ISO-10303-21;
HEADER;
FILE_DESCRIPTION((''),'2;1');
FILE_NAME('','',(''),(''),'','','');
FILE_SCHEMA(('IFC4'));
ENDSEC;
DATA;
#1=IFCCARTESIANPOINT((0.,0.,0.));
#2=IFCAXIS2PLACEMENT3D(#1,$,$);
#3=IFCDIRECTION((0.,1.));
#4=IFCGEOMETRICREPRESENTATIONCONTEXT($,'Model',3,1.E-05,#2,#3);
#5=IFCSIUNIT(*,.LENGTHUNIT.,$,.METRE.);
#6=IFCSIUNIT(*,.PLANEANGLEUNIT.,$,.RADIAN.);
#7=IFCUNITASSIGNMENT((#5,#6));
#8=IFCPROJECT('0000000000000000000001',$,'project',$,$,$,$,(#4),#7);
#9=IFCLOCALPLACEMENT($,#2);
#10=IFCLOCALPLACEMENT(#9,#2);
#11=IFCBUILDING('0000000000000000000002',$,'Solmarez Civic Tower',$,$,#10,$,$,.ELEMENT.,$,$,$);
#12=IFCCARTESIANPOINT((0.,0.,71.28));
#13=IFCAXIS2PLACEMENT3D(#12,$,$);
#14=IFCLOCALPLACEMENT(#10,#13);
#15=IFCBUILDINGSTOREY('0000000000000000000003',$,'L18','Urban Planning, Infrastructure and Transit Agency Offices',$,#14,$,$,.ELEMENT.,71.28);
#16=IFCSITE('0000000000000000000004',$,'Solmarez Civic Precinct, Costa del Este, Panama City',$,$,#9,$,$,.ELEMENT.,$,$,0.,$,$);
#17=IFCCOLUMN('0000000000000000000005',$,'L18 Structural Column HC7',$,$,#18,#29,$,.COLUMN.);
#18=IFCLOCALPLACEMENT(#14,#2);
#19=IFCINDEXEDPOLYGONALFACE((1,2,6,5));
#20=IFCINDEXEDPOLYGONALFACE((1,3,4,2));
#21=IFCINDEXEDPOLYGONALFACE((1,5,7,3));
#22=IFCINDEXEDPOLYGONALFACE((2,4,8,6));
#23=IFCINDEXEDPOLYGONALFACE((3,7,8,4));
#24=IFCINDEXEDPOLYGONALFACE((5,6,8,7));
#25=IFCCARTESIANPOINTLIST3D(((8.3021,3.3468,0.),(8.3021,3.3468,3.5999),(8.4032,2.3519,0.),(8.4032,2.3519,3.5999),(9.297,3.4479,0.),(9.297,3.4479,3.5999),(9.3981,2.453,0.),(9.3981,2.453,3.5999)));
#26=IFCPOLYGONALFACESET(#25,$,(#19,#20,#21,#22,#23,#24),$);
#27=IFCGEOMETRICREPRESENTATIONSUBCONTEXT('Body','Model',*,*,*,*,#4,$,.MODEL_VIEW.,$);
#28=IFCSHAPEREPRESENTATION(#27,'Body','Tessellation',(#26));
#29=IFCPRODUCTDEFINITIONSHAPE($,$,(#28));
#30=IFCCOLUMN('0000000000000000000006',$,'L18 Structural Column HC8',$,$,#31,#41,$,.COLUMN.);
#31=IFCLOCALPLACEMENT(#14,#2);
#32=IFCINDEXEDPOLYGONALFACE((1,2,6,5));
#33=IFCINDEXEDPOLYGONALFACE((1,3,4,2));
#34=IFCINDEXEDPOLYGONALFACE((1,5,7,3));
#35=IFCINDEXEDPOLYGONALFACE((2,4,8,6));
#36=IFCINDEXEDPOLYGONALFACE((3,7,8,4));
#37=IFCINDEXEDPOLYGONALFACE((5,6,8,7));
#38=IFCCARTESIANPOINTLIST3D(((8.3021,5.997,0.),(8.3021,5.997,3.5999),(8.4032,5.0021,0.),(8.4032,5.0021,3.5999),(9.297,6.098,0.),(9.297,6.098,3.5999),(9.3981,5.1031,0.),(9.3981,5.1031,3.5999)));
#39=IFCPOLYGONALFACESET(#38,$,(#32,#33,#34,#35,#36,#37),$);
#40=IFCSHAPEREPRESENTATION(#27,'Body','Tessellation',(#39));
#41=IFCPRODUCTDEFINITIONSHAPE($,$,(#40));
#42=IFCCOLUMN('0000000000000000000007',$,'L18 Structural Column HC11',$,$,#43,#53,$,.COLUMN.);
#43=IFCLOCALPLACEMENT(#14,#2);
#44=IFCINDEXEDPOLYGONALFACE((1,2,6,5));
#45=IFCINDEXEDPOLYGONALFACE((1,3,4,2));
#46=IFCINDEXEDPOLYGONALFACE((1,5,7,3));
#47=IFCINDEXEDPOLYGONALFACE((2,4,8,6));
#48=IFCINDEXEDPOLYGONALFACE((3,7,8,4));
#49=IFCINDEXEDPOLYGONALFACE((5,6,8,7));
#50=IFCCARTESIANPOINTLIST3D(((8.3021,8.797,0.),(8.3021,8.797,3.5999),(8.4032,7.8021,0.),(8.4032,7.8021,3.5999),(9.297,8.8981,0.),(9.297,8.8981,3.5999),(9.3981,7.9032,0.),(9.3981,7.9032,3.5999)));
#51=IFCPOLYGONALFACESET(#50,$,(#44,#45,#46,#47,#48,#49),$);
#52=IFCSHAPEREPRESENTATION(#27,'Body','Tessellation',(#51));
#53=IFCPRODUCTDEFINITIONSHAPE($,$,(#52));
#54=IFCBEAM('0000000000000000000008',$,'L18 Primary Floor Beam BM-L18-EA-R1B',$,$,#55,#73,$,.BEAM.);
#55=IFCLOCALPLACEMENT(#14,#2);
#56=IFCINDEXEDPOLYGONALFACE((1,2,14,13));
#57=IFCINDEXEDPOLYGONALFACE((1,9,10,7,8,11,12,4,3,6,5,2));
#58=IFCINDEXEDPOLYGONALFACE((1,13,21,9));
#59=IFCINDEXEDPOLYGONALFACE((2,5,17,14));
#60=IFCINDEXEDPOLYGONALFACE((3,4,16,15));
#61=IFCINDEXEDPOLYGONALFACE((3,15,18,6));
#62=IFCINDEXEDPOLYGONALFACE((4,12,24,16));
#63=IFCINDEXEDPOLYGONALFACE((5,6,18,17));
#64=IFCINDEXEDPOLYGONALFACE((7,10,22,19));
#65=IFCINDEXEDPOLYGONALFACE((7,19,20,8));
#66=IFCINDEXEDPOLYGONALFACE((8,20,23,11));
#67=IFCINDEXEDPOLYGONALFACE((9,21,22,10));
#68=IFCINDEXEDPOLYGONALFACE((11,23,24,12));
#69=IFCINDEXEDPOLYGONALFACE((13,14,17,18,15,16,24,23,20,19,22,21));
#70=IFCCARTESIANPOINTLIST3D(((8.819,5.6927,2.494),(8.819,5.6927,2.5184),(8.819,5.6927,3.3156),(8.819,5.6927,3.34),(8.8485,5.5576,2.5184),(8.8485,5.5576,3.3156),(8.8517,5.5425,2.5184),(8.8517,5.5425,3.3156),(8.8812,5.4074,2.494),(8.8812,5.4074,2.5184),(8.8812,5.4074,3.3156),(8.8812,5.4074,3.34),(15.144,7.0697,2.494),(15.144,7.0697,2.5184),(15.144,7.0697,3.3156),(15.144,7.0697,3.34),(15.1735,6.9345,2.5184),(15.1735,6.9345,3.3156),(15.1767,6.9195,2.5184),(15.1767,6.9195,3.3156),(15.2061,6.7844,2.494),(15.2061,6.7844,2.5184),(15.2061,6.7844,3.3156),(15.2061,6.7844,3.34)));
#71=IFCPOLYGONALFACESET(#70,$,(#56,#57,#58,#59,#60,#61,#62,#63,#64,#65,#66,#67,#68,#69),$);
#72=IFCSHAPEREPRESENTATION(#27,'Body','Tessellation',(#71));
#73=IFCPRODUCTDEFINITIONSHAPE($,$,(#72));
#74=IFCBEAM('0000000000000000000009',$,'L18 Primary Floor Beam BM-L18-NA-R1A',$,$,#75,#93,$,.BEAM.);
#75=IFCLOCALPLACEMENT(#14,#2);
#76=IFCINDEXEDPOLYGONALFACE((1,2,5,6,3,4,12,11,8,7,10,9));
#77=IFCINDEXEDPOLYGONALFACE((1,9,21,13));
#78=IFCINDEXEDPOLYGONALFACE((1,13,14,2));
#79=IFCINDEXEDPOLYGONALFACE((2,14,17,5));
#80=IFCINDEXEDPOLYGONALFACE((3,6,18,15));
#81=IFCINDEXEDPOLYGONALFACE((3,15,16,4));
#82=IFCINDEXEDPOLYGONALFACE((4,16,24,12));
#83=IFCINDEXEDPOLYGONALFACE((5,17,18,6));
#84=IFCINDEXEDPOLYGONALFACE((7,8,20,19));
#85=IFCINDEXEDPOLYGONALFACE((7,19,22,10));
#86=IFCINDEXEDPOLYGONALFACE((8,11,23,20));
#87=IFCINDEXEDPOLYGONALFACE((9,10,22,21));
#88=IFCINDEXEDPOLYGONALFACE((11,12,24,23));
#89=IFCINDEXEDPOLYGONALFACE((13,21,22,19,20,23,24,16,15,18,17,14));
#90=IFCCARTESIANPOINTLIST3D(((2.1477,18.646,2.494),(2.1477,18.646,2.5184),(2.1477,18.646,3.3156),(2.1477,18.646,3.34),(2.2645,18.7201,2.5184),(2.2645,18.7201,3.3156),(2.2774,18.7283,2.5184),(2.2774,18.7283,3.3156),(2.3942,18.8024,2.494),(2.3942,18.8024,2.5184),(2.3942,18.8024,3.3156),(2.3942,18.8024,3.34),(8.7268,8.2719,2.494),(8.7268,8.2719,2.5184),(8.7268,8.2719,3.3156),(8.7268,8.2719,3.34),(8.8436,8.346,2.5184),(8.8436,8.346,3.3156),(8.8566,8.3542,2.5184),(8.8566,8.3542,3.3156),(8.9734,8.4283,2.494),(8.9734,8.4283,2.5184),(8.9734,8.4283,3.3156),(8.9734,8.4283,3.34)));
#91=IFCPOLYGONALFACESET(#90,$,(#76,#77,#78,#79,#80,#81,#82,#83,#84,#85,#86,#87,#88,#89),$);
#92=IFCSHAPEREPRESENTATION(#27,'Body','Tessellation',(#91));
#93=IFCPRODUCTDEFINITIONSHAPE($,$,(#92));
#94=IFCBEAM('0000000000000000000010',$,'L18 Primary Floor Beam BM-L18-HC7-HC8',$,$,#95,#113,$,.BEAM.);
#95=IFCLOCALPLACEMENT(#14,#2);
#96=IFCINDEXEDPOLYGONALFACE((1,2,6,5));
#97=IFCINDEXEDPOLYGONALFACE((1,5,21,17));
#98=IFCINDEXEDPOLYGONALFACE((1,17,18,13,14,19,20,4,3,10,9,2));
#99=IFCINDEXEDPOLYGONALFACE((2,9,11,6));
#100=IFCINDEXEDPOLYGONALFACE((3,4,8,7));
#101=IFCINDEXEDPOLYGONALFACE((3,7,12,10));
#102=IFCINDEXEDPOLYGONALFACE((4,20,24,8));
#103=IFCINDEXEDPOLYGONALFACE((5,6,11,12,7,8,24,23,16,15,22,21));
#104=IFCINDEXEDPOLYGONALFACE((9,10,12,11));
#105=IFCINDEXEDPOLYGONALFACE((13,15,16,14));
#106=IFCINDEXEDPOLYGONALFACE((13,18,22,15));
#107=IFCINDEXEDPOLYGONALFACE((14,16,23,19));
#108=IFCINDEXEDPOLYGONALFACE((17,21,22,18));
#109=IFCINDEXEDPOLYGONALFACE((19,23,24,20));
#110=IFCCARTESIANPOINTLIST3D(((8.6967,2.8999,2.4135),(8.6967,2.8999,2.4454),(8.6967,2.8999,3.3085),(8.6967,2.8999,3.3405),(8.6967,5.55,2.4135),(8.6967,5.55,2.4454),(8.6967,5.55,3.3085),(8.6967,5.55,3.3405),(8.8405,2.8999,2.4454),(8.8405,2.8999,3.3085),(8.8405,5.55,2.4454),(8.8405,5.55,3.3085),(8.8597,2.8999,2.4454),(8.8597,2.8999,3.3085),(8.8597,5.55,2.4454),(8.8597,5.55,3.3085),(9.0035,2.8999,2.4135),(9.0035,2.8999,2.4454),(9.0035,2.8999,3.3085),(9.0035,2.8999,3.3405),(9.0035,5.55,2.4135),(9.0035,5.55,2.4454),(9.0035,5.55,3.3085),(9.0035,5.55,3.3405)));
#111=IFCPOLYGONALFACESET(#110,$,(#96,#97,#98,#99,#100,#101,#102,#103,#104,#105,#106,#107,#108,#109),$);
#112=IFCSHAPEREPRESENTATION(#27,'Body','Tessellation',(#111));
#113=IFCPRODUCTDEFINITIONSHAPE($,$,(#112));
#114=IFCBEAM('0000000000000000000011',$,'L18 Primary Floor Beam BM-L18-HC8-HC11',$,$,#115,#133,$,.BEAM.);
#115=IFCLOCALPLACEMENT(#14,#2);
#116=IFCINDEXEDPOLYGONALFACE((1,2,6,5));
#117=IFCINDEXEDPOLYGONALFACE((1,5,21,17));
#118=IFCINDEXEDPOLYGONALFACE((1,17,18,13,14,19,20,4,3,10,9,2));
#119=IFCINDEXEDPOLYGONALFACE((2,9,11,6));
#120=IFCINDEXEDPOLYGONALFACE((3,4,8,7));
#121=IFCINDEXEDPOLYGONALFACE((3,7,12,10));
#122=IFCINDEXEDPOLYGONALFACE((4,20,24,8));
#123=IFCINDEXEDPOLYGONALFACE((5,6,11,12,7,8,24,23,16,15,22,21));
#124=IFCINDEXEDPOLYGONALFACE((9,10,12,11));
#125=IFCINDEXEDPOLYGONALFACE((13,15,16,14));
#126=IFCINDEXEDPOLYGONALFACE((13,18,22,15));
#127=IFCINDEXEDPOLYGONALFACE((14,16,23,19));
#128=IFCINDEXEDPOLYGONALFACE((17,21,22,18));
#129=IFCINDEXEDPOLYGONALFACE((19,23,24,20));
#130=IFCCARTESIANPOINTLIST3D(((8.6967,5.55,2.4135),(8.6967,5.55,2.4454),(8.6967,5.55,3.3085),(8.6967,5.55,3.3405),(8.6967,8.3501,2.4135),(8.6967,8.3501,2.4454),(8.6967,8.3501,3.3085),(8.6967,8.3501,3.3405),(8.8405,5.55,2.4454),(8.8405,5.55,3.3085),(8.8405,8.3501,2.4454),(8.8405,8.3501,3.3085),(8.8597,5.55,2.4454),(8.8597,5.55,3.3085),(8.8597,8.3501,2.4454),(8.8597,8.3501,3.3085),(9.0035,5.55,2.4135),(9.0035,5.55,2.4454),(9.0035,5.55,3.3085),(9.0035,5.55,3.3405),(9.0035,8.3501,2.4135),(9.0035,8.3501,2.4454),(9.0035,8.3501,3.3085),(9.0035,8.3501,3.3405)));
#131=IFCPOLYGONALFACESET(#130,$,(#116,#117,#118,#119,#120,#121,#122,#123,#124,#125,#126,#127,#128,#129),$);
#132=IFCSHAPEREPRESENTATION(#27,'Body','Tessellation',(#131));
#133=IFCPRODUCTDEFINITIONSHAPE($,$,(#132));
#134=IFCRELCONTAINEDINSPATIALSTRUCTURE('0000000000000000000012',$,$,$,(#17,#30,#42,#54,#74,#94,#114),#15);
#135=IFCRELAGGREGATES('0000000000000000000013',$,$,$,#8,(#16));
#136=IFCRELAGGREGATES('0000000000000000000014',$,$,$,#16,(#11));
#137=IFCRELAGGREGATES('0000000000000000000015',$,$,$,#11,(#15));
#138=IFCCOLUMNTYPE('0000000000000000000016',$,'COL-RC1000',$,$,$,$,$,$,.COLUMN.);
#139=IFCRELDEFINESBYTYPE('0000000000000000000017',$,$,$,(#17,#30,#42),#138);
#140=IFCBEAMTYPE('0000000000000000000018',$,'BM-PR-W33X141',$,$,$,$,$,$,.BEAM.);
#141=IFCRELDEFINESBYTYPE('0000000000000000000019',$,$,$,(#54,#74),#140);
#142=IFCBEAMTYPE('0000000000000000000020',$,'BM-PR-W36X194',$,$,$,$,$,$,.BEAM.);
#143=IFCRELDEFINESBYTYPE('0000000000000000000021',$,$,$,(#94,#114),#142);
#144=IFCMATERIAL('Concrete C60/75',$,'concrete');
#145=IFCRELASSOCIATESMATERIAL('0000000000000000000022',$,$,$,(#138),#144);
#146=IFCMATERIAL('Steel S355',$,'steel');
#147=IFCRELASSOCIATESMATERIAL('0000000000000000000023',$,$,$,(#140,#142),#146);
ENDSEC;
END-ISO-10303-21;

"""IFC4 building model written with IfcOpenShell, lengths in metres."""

from ifc_helpers import new_model, si_unit, direction, frame, origin, origin_2d, place, context, subcontext, project, spatial, rectangle, i_section, extrude, material, material_profile, profile_set, type_object, element, save


model = new_model("IFC4")

# Units and contexts
model_context = context("Model", 3, precision=1e-05, world=origin(), true_north=direction((0.0, 1.0)))
body_context = subcontext(model_context, "Body", "Model", "MODEL_VIEW")
ifc_project = project(units=[si_unit("LENGTHUNIT", "METRE"), si_unit("PLANEANGLEUNIT", "RADIAN")], contexts=[model_context])

# Site, building, storey
site_placement = place(None, origin())
site = spatial("IfcSite", under=ifc_project, at=site_placement, Name="Solmarez Civic Precinct, Costa del Este, Panama City", CompositionType="ELEMENT", RefElevation=0.0)
building_placement = place(site_placement, origin())
building = spatial("IfcBuilding", under=site, at=building_placement, Name="Solmarez Civic Tower", CompositionType="ELEMENT")
storey_placement = place(building_placement, frame((0.0, 0.0, 71.28)))
storey = spatial("IfcBuildingStorey", under=building, at=storey_placement, Name="L18", Description="Urban Planning, Infrastructure and Transit Agency Offices", CompositionType="ELEMENT", Elevation=71.28)

# Columns
ifc_material_1 = material(Name="Concrete C60/75", Category="concrete")
ifc_material_profile_1 = material_profile(ifc_material_1, rectangle(XDim=1.0, YDim=1.0, at=origin_2d()), Name="RC1000X1000")
ifc_profile_set_1 = profile_set([ifc_material_profile_1], Name="Concrete C60/75")
column_type = type_object("IfcColumnType", Name="COL-RC1000", PredefinedType="COLUMN", material=ifc_profile_set_1)
for number, where, z_axis, x_axis, name in (
    (1, (8.8501, 2.8999, 0.0), (0.0, 0.0, 1.0), (0.994881, 0.101056, 0.0), "L18 Structural Column HC7"),
    (2, (8.8501, 5.55, 0.0), (0.0, 0.0, 1.0), (0.994881, 0.101056, 0.0), "L18 Structural Column HC8"),
    (3, (8.8501, 8.3501, 0.0), (0.0, 0.0, 1.0), (0.994881, 0.101056, 0.0), "L18 Structural Column HC11"),
):
    element("IfcColumn", number, at=place(storey_placement, frame(where, z_axis=z_axis, x_axis=x_axis)), inside=storey, type_object=column_type, Name=name, PredefinedType="COLUMN", context=body_context, shape_type="SweptSolid", body=[
        extrude(rectangle(XDim=1.0, YDim=1.0, at=origin_2d()), origin(), (0.0, 0.0, 1.0), 3.5999),
    ])

# Beams
ifc_material_2 = material(Name="Steel S355", Category="steel")
ifc_material_profile_2 = material_profile(ifc_material_2, i_section(OverallWidth=0.292, OverallDepth=0.8459, WebThickness=0.0154, FlangeThickness=0.0244, at=origin_2d()), Name="W33X141")
ifc_profile_set_2 = profile_set([ifc_material_profile_2], Name="Steel S355")
beam_type_1 = type_object("IfcBeamType", Name="BM-PR-W33X141", PredefinedType="BEAM", material=ifc_profile_set_2)
beam_1_placement = place(storey_placement, frame((8.8501, 5.55, 2.917), z_axis=(0.977113, 0.212719, 0.0), x_axis=(-0.212719, 0.977113, 0.0)))
element("IfcBeam", 4, at=beam_1_placement, inside=storey, type_object=beam_type_1, Name="L18 Primary Floor Beam BM-L18-EA-R1B", PredefinedType="BEAM", context=body_context, shape_type="SweptSolid", body=[
    extrude(i_section(OverallWidth=0.292, OverallDepth=0.8459, WebThickness=0.0154, FlangeThickness=0.0244, at=origin_2d()), origin(), (0.0, 0.0, 1.0), 6.4731),
])
beam_2_placement = place(storey_placement, frame((8.8501, 8.3501, 2.917), z_axis=(-0.535568, 0.844492, 0.0), x_axis=(-0.844492, -0.535568, 0.0)))
element("IfcBeam", 5, at=beam_2_placement, inside=storey, type_object=beam_type_1, Name="L18 Primary Floor Beam BM-L18-NA-R1A", PredefinedType="BEAM", context=body_context, shape_type="SweptSolid", body=[
    extrude(i_section(OverallWidth=0.292, OverallDepth=0.8459, WebThickness=0.0154, FlangeThickness=0.0244, at=origin_2d()), origin(), (0.0, 0.0, 1.0), 12.2844),
])
ifc_material_profile_3 = material_profile(ifc_material_2, i_section(OverallWidth=0.3069, OverallDepth=0.927, WebThickness=0.0193, FlangeThickness=0.032, at=origin_2d()), Name="W36X194")
ifc_profile_set_3 = profile_set([ifc_material_profile_3], Name="Steel S355")
beam_type_2 = type_object("IfcBeamType", Name="BM-PR-W36X194", PredefinedType="BEAM", material=ifc_profile_set_3)
beam_3_placement = place(storey_placement, frame((8.8501, 2.8999, 2.877), z_axis=(0.0, 1.0, 0.0), x_axis=(-1.0, 0.0, 0.0)))
element("IfcBeam", 6, at=beam_3_placement, inside=storey, type_object=beam_type_2, Name="L18 Primary Floor Beam BM-L18-HC7-HC8", PredefinedType="BEAM", context=body_context, shape_type="SweptSolid", body=[
    extrude(i_section(OverallWidth=0.3069, OverallDepth=0.927, WebThickness=0.0193, FlangeThickness=0.032, at=origin_2d()), origin(), (0.0, 0.0, 1.0), 2.6501),
])
beam_4_placement = place(storey_placement, frame((8.8501, 5.55, 2.877), z_axis=(0.0, 1.0, 0.0), x_axis=(-1.0, 0.0, 0.0)))
element("IfcBeam", 7, at=beam_4_placement, inside=storey, type_object=beam_type_2, Name="L18 Primary Floor Beam BM-L18-HC8-HC11", PredefinedType="BEAM", context=body_context, shape_type="SweptSolid", body=[
    extrude(i_section(OverallWidth=0.3069, OverallDepth=0.927, WebThickness=0.0193, FlangeThickness=0.032, at=origin_2d()), origin(), (0.0, 0.0, 1.0), 2.8),
])

save(model, "model.ifc")
